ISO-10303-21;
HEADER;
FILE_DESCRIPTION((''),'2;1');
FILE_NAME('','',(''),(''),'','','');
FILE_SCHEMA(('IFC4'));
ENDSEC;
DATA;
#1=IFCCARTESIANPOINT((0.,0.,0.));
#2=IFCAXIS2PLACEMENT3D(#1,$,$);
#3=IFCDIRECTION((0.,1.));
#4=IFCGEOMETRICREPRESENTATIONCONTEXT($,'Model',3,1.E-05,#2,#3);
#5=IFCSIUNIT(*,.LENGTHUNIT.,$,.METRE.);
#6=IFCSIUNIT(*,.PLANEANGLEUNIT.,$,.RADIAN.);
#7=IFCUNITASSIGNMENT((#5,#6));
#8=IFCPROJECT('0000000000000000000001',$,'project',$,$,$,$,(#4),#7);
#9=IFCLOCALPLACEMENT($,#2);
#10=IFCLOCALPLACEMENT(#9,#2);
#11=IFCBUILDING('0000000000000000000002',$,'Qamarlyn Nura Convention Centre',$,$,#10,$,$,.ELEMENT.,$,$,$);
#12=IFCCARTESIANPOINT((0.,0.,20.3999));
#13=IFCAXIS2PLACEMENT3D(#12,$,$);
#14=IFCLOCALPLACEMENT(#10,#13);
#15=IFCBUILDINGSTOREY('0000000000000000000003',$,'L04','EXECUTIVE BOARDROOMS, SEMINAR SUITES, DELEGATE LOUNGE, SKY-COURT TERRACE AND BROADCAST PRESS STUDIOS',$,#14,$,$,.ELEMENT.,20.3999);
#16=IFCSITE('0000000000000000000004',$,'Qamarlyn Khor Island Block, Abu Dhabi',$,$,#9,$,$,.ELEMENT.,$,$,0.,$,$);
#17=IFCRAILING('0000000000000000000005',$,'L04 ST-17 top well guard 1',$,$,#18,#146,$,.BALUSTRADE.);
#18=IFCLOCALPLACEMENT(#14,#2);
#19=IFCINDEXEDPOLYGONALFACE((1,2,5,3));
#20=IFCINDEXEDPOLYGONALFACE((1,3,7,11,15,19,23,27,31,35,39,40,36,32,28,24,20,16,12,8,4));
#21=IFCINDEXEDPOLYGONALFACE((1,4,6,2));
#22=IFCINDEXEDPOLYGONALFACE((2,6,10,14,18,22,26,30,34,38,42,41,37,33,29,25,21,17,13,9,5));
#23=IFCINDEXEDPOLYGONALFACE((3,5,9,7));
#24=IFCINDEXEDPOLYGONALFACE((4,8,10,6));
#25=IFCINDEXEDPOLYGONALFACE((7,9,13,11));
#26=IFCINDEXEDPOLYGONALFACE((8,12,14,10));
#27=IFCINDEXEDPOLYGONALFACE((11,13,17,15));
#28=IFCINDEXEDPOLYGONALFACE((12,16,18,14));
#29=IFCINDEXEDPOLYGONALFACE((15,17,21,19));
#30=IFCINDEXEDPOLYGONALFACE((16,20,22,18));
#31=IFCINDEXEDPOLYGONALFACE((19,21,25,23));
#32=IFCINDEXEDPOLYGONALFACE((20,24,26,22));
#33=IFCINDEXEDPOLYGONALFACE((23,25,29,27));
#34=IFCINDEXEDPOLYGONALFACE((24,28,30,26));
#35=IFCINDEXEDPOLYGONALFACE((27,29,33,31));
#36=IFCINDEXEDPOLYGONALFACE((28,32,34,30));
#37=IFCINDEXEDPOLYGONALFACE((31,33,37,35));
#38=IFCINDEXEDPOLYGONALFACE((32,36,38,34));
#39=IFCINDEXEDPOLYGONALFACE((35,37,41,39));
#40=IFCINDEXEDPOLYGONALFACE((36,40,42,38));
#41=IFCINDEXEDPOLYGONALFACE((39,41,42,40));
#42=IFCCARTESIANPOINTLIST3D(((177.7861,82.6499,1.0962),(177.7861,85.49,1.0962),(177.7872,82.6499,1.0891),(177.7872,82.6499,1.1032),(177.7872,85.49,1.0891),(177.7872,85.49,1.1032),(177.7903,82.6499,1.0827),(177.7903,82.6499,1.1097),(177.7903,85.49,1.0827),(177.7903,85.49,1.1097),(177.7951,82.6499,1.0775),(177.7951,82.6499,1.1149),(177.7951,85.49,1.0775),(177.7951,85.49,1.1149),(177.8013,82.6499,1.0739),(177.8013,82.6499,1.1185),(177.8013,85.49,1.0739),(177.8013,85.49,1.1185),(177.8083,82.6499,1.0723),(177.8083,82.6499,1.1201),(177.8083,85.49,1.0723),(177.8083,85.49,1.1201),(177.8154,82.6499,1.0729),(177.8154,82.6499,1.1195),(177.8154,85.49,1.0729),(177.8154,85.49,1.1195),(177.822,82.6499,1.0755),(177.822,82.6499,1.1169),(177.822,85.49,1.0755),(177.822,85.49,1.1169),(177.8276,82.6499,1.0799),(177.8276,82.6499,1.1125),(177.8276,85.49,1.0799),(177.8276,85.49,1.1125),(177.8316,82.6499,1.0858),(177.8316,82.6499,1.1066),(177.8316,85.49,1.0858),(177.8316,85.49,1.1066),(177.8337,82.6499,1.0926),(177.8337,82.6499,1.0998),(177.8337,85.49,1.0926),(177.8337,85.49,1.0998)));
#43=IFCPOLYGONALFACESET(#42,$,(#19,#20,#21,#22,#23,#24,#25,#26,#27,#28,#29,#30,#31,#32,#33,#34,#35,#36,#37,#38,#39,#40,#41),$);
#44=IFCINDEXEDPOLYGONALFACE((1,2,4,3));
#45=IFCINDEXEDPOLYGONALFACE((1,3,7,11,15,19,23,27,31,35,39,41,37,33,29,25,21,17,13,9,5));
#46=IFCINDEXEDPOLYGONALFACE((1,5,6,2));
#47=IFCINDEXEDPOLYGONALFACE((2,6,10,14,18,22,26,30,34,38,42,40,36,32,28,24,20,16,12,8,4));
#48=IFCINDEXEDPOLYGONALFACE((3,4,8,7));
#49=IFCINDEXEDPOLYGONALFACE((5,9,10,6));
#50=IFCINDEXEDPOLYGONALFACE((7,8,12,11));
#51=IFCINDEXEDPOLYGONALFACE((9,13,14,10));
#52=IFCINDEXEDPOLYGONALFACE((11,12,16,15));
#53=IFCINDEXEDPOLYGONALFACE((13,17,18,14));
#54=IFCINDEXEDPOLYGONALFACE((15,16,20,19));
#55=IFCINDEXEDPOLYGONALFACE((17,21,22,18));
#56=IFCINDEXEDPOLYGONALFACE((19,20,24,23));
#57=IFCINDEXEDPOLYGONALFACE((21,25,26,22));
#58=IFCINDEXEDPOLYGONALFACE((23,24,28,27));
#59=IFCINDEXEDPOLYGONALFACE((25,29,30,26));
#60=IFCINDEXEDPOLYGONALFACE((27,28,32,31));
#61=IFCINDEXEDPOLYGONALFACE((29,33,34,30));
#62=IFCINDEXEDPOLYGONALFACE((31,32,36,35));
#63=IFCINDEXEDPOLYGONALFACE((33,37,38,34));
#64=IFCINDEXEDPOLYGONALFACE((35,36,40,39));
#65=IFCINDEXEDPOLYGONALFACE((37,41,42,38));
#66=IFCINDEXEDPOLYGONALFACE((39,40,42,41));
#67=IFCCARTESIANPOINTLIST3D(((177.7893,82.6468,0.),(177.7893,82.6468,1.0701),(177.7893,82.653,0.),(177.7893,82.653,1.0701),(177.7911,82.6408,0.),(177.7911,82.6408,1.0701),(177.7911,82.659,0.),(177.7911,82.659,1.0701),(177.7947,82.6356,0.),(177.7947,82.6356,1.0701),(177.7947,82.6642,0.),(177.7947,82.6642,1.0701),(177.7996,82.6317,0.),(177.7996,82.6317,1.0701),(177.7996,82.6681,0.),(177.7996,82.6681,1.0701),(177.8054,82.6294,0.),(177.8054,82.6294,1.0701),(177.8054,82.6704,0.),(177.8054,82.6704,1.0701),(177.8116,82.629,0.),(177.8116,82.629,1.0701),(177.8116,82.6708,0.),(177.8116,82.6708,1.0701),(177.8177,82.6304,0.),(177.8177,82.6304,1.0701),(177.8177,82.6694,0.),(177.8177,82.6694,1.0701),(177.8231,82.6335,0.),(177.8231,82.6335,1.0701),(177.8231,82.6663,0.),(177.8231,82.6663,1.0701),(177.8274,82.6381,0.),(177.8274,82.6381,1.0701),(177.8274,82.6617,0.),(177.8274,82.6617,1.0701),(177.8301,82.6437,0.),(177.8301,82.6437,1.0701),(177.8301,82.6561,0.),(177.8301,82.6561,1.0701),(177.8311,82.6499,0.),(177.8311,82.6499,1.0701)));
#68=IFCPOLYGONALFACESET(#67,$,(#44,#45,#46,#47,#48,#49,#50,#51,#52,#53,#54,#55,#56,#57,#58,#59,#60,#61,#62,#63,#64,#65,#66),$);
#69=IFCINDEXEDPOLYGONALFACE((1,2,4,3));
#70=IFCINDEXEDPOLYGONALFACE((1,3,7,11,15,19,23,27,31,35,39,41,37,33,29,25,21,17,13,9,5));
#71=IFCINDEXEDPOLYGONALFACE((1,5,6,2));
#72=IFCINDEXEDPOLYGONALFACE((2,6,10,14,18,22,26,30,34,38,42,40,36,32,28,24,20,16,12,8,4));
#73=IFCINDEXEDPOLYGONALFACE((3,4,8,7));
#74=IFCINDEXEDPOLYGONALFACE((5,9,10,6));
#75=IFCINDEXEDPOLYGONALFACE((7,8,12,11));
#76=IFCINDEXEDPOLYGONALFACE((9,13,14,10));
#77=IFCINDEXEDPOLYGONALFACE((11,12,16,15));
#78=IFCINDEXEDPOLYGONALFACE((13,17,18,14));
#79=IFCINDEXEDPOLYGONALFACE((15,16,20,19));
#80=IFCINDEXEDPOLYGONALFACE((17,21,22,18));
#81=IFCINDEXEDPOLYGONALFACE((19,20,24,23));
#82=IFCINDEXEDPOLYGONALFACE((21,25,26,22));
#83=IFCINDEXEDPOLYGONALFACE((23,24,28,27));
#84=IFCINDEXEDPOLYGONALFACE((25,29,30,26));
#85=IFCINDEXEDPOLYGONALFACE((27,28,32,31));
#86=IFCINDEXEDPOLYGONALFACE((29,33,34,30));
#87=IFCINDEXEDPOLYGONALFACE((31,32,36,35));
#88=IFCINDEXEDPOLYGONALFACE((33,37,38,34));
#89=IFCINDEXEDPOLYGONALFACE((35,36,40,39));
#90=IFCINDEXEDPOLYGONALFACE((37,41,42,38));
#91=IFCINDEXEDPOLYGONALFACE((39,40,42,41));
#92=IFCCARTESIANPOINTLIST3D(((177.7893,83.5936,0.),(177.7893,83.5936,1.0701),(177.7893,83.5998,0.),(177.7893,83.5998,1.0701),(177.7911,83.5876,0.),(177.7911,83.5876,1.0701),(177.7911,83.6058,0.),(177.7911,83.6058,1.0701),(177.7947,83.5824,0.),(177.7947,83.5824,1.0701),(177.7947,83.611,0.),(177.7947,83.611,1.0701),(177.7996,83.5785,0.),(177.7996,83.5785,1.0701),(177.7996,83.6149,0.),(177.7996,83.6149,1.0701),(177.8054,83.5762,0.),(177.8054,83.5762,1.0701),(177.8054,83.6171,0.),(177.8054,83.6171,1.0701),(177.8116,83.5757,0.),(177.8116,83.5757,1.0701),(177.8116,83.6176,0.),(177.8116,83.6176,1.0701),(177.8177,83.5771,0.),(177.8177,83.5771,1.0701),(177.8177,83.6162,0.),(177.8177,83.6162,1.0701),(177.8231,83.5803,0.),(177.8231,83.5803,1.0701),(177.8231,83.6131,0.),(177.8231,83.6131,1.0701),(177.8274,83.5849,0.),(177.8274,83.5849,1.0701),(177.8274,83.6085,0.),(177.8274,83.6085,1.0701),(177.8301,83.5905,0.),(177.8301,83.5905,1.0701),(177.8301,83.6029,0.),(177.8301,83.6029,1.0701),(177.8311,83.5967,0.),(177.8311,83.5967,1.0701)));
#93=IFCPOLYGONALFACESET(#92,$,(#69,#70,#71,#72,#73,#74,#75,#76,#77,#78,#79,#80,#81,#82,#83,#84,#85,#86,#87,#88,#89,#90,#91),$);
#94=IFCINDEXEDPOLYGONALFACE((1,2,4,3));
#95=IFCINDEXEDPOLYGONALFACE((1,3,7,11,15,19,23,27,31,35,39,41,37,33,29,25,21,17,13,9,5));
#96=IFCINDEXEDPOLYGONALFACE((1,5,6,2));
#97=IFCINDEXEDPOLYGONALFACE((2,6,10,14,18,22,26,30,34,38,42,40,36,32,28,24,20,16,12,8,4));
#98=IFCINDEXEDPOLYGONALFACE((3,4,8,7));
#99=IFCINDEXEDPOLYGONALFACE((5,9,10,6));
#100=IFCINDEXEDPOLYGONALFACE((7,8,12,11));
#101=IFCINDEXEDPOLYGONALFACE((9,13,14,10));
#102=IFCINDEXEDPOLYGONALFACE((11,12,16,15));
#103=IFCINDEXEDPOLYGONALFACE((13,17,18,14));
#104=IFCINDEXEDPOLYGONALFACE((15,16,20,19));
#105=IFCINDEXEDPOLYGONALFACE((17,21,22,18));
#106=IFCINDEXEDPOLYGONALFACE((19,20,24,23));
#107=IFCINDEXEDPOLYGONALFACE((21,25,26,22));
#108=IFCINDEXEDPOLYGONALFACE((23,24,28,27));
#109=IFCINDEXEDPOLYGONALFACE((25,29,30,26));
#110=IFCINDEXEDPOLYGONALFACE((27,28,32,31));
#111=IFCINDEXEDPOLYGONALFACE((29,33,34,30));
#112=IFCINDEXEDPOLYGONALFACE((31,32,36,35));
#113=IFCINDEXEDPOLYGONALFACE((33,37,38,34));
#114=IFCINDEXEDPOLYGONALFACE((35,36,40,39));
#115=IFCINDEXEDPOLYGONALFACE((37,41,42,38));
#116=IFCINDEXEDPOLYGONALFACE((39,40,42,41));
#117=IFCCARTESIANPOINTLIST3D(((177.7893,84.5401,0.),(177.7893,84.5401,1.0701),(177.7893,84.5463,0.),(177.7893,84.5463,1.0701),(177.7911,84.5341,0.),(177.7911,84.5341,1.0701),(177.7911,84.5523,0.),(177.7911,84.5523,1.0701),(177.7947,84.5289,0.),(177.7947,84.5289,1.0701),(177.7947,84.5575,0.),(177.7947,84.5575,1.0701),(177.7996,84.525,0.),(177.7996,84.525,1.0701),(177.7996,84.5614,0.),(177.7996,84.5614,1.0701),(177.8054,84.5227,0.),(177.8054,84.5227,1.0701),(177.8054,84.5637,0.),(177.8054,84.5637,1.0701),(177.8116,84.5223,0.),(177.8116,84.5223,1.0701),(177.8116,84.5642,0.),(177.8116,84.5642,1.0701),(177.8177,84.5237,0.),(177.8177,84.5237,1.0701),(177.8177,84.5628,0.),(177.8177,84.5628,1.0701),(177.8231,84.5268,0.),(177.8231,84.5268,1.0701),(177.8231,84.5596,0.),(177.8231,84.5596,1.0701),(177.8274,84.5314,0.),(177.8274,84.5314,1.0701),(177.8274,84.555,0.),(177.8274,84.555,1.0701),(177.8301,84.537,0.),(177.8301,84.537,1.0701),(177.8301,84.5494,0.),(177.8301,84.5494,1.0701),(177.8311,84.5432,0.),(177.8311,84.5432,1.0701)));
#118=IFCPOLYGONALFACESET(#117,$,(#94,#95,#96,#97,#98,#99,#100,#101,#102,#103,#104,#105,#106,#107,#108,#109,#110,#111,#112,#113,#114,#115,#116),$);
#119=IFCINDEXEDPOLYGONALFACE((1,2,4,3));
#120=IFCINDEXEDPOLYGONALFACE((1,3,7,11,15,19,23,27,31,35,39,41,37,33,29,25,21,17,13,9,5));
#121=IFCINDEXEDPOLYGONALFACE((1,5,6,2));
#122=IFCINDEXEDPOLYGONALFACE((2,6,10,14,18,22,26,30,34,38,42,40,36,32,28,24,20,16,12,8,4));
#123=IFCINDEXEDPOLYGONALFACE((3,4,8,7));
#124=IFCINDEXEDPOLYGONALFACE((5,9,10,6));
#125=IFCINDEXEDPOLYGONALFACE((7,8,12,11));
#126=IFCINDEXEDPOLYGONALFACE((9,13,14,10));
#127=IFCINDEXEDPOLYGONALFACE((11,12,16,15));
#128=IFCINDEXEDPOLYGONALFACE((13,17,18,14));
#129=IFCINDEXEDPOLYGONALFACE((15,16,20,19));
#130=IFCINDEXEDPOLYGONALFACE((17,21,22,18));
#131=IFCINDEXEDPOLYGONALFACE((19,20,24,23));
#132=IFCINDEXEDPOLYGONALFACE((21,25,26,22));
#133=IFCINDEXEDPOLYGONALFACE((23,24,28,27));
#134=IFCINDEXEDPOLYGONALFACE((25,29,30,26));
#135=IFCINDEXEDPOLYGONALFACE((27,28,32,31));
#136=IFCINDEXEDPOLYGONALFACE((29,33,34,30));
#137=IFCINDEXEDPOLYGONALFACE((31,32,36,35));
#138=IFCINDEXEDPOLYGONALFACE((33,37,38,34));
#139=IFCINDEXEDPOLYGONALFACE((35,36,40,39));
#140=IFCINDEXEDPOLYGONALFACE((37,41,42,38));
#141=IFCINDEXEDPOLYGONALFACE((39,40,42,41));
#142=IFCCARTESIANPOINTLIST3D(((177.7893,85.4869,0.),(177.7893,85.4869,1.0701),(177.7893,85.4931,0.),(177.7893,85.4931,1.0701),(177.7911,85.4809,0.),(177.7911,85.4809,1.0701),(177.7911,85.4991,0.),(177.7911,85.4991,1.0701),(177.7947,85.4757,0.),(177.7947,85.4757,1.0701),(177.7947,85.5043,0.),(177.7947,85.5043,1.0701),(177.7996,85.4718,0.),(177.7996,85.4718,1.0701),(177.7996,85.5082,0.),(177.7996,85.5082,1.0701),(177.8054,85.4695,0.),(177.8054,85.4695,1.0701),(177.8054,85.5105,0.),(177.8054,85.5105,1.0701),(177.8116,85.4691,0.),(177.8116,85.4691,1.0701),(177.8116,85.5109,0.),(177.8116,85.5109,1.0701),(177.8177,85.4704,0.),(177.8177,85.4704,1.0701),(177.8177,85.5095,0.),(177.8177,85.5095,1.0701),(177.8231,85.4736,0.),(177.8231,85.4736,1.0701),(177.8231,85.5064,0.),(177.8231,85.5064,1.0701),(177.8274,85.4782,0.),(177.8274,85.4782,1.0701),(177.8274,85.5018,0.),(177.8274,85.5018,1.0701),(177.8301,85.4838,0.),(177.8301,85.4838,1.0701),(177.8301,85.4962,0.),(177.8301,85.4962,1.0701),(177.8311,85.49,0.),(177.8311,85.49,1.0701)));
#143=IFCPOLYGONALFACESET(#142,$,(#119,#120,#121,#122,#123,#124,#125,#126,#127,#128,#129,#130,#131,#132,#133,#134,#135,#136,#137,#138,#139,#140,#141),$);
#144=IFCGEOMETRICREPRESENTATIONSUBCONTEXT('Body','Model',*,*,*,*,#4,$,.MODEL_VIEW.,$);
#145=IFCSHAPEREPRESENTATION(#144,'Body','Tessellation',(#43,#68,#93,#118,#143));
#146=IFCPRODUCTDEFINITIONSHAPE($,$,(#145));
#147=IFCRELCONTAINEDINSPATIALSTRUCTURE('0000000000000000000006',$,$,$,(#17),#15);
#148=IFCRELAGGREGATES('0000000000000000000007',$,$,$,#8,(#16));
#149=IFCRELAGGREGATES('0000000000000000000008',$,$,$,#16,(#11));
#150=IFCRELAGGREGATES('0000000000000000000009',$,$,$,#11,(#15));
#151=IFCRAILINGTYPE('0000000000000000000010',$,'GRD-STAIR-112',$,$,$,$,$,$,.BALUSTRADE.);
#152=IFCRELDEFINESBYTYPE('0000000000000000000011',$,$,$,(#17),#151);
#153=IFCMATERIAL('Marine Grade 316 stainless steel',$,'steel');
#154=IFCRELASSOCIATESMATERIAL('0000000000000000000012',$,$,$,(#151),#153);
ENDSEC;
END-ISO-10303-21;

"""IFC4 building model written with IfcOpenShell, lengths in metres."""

from ifc_helpers import new_model, si_unit, direction, frame, origin, origin_2d, place, context, subcontext, project, spatial, circle, extrude, material, type_object, element, save


model = new_model("IFC4")

# Units and contexts
model_context = context("Model", 3, precision=1e-05, world=origin(), true_north=direction((0.0, 1.0)))
body_context = subcontext(model_context, "Body", "Model", "MODEL_VIEW")
ifc_project = project(units=[si_unit("LENGTHUNIT", "METRE"), si_unit("PLANEANGLEUNIT", "RADIAN")], contexts=[model_context])

# Site, building, storey
site_placement = place(None, origin())
site = spatial("IfcSite", under=ifc_project, at=site_placement, Name="Qamarlyn Khor Island Block, Abu Dhabi", CompositionType="ELEMENT", RefElevation=0.0)
building_placement = place(site_placement, origin())
building = spatial("IfcBuilding", under=site, at=building_placement, Name="Qamarlyn Nura Convention Centre", CompositionType="ELEMENT")
storey_placement = place(building_placement, frame((0.0, 0.0, 20.3999)))
storey = spatial("IfcBuildingStorey", under=building, at=storey_placement, Name="L04", Description="EXECUTIVE BOARDROOMS, SEMINAR SUITES, DELEGATE LOUNGE, SKY-COURT TERRACE AND BROADCAST PRESS STUDIOS", CompositionType="ELEMENT", Elevation=20.3999)

# Railing
ifc_material_1 = material(Name="Marine Grade 316 stainless steel", Category="steel")
railing_type = type_object("IfcRailingType", Name="GRD-STAIR-112", PredefinedType="BALUSTRADE", material=ifc_material_1)
railing_1_placement = place(storey_placement, frame((177.8101, 82.6499, 0.0)))
element("IfcRailing", 1, at=railing_1_placement, inside=storey, type_object=railing_type, Name="L04 ST-17 top well guard 1", PredefinedType="BALUSTRADE", context=body_context, shape_type="SweptSolid", body=[
    extrude(circle(Radius=0.0239, at=origin_2d()), frame((0.0, 0.0, 1.0962), z_axis=(0.0, 1.0, 0.0), x_axis=(-1.0, 0.0, 0.0)), (0.0, 0.0, 1.0), 2.8401),
    extrude(circle(Radius=0.021, at=origin_2d()), origin(), (0.0, 0.0, 1.0), 1.0701),
    extrude(circle(Radius=0.021, at=origin_2d()), frame((0.0, 0.9468, 0.0)), (0.0, 0.0, 1.0), 1.0701),
    extrude(circle(Radius=0.021, at=origin_2d()), frame((0.0, 1.8933, 0.0)), (0.0, 0.0, 1.0), 1.0701),
    extrude(circle(Radius=0.021, at=origin_2d()), frame((0.0, 2.8401, 0.0)), (0.0, 0.0, 1.0), 1.0701),
])

save(model, "model.ifc")
